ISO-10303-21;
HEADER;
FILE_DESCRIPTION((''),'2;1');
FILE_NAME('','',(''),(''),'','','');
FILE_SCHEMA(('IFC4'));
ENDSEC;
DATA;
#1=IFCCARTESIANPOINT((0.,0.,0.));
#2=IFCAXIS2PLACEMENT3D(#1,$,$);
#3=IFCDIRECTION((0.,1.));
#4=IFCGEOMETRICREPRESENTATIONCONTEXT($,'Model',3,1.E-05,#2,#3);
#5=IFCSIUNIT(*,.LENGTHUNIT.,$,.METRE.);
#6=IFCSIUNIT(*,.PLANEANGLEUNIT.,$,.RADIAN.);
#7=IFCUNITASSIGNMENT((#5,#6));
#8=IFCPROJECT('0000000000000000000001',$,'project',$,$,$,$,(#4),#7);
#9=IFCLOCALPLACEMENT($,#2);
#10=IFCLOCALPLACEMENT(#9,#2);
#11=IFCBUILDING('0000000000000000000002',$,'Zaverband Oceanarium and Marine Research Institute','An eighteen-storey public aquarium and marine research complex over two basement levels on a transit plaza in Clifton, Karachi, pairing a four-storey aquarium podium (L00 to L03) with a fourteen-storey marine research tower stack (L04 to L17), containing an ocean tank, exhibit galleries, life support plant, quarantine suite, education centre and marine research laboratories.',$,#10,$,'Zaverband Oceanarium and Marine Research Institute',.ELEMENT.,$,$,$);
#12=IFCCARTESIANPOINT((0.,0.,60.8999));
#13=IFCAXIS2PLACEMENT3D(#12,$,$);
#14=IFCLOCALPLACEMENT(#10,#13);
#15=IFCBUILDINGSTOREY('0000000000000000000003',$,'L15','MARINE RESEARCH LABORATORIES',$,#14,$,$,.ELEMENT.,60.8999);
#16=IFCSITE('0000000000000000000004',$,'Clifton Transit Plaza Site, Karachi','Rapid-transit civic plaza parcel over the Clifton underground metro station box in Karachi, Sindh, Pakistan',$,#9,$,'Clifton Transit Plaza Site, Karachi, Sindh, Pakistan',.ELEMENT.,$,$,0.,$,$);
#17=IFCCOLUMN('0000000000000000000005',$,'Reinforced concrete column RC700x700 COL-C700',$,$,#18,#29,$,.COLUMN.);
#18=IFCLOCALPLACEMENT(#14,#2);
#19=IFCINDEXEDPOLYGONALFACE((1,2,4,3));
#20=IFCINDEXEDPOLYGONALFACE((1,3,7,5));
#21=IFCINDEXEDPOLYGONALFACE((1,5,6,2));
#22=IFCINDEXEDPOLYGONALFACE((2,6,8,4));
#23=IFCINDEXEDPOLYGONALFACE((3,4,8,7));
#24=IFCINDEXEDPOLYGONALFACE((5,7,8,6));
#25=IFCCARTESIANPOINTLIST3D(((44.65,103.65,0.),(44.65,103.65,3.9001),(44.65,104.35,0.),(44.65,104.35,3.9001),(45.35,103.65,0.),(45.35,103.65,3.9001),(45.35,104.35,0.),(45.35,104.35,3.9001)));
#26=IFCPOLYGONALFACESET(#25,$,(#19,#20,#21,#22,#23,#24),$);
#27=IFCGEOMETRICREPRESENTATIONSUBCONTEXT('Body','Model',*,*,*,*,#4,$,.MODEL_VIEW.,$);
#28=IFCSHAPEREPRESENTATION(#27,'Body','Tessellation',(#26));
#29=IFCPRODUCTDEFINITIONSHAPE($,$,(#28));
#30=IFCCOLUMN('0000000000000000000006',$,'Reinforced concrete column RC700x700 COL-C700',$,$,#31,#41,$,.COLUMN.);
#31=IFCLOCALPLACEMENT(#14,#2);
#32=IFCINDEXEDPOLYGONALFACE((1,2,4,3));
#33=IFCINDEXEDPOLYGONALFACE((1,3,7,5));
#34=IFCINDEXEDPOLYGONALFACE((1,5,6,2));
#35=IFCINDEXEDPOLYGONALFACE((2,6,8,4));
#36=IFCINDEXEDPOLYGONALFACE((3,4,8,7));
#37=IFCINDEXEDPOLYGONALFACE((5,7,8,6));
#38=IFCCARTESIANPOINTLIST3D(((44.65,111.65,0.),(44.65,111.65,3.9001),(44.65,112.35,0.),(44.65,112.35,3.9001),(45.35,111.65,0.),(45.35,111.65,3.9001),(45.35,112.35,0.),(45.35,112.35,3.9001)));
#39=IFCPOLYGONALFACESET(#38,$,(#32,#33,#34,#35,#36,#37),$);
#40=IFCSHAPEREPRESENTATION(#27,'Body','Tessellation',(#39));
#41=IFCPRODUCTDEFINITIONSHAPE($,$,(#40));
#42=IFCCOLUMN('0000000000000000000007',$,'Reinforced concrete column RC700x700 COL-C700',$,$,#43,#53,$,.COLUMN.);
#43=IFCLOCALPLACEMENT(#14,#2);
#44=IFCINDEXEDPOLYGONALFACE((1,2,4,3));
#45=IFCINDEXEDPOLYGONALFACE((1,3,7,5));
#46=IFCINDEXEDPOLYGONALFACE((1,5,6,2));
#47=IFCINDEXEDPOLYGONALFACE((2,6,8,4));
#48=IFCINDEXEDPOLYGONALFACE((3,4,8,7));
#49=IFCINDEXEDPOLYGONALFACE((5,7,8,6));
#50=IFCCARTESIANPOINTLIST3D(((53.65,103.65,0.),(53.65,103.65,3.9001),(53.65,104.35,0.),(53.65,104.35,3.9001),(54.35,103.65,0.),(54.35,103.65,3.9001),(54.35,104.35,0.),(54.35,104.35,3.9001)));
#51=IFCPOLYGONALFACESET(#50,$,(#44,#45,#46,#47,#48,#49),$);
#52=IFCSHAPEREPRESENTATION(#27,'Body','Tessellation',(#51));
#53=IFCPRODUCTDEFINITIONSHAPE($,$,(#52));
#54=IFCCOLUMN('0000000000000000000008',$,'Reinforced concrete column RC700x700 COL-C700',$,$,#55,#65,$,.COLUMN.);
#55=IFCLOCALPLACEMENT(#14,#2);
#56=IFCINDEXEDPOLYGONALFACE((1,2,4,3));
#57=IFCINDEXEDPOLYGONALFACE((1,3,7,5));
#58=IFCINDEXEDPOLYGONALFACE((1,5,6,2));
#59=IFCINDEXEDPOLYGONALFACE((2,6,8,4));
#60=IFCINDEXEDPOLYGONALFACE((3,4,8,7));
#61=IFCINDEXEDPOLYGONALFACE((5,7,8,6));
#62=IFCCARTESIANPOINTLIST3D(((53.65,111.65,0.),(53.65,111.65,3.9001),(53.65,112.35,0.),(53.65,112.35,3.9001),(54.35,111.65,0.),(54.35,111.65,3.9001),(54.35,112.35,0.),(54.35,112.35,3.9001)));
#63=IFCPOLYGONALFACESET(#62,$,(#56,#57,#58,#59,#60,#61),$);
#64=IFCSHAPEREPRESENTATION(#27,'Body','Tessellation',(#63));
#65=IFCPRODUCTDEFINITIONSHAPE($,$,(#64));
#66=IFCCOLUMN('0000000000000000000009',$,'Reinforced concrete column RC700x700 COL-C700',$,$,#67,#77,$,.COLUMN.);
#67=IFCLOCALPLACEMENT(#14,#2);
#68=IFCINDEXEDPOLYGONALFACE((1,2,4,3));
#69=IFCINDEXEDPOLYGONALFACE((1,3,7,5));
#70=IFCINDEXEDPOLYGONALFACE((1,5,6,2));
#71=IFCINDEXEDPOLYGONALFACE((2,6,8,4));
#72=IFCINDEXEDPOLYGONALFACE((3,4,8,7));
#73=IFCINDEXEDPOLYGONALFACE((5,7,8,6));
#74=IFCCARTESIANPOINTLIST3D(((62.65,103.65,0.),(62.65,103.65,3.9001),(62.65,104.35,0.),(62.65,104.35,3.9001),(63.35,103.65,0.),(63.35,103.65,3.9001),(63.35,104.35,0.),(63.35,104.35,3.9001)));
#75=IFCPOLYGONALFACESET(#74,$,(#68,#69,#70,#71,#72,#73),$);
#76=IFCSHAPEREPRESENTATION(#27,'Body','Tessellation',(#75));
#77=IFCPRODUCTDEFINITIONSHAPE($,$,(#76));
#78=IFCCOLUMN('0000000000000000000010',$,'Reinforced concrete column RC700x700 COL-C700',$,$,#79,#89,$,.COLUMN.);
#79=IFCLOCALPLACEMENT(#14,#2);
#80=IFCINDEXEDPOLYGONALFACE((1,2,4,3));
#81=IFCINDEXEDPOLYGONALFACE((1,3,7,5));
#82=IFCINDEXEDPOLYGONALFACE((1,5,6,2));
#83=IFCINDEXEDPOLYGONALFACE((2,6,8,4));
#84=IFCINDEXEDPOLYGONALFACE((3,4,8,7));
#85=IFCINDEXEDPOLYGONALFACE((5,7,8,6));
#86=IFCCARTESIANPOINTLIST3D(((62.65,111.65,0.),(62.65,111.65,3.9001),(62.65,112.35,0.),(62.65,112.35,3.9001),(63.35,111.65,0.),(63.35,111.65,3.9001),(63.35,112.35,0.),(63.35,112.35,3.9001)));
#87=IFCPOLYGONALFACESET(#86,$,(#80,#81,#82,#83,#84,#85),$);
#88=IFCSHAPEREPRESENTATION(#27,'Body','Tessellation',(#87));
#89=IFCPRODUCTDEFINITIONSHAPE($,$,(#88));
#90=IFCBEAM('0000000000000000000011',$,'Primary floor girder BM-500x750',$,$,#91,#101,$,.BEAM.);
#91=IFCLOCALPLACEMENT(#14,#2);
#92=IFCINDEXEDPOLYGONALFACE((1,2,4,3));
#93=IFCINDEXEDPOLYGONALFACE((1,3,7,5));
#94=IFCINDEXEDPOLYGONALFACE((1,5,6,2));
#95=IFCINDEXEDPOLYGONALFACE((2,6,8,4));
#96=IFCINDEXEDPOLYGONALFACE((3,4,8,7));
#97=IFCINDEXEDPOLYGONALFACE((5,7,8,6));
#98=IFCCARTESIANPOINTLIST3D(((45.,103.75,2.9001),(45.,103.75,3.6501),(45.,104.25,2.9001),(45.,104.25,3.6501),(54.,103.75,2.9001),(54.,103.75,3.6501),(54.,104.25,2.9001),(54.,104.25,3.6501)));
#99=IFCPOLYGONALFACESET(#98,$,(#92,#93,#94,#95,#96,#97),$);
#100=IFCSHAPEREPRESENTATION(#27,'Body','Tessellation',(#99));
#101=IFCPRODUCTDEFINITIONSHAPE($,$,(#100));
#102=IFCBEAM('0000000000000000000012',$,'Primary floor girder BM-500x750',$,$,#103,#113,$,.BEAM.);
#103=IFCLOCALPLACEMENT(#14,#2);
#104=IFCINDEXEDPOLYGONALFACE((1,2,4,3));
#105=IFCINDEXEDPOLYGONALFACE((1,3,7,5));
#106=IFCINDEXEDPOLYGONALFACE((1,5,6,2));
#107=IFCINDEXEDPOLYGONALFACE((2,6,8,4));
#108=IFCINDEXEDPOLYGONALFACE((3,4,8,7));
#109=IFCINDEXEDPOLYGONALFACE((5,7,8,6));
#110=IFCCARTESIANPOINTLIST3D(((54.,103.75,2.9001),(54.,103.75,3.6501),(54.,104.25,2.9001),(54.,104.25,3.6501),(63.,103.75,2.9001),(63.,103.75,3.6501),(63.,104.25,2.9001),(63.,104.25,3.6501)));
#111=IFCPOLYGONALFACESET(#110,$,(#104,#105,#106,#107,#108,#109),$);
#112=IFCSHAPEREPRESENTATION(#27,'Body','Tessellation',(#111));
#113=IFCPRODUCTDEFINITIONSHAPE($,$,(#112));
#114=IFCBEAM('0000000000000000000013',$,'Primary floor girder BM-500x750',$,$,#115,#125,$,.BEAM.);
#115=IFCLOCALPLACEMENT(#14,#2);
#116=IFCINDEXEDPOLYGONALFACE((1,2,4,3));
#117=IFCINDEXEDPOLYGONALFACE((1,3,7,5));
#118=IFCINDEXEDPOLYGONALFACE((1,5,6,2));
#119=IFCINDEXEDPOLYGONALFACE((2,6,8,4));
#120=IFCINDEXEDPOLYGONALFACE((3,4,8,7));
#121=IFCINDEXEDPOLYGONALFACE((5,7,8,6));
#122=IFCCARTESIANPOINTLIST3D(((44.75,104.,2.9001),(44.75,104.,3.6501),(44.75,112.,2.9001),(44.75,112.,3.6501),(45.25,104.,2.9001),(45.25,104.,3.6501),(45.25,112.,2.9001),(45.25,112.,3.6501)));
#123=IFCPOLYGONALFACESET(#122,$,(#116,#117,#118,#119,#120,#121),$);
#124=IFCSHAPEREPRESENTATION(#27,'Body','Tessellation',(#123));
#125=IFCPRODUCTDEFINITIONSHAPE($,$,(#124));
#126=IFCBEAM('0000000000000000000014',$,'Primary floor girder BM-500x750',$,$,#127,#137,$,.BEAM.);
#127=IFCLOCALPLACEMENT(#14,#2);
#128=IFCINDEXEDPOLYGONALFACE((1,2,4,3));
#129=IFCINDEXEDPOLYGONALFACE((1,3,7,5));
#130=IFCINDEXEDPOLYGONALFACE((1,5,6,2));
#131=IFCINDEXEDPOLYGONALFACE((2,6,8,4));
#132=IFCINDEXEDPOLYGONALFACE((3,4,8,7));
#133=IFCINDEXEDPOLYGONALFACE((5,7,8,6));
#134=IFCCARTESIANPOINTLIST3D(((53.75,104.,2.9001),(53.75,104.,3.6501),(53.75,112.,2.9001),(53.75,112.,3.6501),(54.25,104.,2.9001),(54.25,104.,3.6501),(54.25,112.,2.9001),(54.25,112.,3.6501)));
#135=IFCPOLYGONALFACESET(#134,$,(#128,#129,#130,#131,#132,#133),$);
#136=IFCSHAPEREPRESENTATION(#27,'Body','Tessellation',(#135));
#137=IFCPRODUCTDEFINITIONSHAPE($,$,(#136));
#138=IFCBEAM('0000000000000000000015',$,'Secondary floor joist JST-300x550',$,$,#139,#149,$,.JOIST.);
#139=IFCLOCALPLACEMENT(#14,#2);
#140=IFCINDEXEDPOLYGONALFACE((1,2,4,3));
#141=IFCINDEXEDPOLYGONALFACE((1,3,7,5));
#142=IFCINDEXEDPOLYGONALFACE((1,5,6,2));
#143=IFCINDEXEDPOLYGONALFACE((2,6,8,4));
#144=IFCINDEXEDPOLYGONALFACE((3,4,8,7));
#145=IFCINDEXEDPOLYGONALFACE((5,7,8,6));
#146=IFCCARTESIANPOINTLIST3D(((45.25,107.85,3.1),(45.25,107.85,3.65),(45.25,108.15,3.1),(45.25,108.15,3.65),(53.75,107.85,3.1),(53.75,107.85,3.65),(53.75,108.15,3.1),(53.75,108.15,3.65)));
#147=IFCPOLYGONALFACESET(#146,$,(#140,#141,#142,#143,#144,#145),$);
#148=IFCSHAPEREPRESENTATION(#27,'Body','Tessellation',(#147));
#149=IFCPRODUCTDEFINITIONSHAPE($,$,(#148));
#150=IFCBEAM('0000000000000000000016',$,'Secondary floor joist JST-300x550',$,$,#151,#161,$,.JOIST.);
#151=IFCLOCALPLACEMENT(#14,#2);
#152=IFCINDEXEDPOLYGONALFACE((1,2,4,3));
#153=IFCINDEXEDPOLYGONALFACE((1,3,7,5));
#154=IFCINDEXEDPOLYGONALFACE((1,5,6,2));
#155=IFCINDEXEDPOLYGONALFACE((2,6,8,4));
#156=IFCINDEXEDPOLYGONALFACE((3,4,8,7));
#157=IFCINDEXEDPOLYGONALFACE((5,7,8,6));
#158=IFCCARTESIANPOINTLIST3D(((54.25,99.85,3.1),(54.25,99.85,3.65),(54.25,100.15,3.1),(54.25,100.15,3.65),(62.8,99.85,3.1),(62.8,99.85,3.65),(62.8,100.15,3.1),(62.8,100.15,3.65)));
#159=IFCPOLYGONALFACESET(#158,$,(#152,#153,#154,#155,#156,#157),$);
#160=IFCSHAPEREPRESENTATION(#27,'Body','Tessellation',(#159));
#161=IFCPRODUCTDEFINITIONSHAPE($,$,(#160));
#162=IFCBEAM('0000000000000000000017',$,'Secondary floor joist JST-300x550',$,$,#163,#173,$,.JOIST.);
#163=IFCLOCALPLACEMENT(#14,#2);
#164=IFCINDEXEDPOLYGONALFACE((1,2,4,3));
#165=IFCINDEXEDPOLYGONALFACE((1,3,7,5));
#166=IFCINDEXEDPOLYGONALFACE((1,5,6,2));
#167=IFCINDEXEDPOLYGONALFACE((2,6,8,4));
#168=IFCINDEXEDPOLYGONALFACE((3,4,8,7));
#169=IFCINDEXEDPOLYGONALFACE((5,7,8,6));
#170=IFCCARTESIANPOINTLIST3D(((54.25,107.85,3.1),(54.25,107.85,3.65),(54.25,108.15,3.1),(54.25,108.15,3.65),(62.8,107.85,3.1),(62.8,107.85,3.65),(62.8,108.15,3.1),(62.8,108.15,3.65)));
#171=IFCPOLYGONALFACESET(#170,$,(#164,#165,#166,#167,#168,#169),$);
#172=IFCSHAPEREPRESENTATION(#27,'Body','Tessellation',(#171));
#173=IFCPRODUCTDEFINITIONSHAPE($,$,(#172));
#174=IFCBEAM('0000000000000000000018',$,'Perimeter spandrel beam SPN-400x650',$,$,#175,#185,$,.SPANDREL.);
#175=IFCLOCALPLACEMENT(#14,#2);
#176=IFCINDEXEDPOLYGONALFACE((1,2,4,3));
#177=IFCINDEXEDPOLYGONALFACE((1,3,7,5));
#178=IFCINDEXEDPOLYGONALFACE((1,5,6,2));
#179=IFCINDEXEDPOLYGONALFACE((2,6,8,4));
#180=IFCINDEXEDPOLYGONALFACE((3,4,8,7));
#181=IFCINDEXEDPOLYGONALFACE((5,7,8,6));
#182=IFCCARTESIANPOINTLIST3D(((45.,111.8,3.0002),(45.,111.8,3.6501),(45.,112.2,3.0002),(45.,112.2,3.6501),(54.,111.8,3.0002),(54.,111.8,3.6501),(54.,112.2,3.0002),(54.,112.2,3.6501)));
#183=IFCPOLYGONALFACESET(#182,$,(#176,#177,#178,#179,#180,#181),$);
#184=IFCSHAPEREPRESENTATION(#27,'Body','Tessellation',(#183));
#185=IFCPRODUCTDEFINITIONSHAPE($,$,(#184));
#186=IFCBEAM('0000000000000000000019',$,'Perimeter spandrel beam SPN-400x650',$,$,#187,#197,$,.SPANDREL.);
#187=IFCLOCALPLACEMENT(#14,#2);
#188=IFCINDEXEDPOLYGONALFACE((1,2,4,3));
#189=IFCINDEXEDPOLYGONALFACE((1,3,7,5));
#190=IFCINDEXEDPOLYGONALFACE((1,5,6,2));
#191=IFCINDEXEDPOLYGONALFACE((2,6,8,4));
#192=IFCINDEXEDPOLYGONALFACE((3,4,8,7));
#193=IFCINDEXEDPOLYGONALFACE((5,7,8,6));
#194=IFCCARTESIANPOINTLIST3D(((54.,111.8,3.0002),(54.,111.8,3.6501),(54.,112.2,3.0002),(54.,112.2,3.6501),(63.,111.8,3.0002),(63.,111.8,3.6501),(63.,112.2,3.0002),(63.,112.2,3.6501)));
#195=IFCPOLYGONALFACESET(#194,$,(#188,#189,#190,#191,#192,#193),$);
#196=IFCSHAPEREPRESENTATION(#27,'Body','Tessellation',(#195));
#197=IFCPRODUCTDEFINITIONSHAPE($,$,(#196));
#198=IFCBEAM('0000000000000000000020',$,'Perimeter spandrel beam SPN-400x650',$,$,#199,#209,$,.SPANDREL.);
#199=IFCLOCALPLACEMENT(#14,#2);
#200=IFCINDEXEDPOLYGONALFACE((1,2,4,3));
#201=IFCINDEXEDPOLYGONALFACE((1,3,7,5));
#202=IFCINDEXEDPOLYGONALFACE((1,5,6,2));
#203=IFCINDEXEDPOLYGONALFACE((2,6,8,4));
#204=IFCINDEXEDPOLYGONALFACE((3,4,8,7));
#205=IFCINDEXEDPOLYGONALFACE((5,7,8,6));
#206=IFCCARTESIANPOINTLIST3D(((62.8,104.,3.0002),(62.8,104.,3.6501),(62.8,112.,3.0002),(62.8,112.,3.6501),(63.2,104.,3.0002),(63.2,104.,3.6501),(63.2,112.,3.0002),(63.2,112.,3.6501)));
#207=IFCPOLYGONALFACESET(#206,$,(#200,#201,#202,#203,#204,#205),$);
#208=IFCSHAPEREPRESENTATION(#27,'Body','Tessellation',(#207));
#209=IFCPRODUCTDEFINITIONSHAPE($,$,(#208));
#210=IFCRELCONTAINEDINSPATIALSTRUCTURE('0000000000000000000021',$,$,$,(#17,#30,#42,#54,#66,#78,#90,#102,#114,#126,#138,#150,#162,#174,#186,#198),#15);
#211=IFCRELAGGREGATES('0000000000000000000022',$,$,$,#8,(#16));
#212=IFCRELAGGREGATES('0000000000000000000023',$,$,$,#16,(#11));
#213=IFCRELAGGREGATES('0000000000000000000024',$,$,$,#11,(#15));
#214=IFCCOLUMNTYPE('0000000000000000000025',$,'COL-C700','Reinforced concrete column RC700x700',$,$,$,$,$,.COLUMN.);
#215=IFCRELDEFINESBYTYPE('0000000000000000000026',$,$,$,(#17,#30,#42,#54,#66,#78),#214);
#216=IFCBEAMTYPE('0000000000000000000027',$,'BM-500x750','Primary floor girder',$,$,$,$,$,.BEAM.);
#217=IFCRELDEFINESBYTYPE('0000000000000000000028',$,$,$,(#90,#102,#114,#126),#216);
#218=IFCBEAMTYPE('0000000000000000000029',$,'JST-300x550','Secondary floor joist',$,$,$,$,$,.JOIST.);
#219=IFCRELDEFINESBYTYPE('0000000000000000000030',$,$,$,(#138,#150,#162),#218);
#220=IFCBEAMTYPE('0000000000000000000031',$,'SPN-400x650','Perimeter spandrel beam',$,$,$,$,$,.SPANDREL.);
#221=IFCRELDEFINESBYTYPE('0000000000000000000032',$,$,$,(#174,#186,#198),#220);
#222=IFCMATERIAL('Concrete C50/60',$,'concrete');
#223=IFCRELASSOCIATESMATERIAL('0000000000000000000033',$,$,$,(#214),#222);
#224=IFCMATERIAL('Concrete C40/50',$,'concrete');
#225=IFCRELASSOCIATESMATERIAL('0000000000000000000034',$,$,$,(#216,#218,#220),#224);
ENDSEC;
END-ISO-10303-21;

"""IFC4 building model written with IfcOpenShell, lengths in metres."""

from ifc_helpers import new_model, si_unit, direction, frame, origin, origin_2d, place, context, subcontext, project, spatial, rectangle, extrude, material, material_profile, profile_set, type_object, element, save


model = new_model("IFC4")

# Units and contexts
model_context = context("Model", 3, precision=1e-05, world=origin(), true_north=direction((0.0, 1.0)))
body_context = subcontext(model_context, "Body", "Model", "MODEL_VIEW")
ifc_project = project(units=[si_unit("LENGTHUNIT", "METRE"), si_unit("PLANEANGLEUNIT", "RADIAN")], contexts=[model_context])

# Site, building, storey
site_placement = place(None, origin())
site = spatial("IfcSite", under=ifc_project, at=site_placement, Name="Clifton Transit Plaza Site, Karachi", Description="Rapid-transit civic plaza parcel over the Clifton underground metro station box in Karachi, Sindh, Pakistan", LongName="Clifton Transit Plaza Site, Karachi, Sindh, Pakistan", CompositionType="ELEMENT", RefElevation=0.0)
building_placement = place(site_placement, origin())
building = spatial("IfcBuilding", under=site, at=building_placement, Name="Zaverband Oceanarium and Marine Research Institute", Description="An eighteen-storey public aquarium and marine research complex over two basement levels on a transit plaza in Clifton, Karachi, pairing a four-storey aquarium podium (L00 to L03) with a fourteen-storey marine research tower stack (L04 to L17), containing an ocean tank, exhibit galleries, life support plant, quarantine suite, education centre and marine research laboratories.", LongName="Zaverband Oceanarium and Marine Research Institute", CompositionType="ELEMENT")
storey_placement = place(building_placement, frame((0.0, 0.0, 60.8999)))
storey = spatial("IfcBuildingStorey", under=building, at=storey_placement, Name="L15", Description="MARINE RESEARCH LABORATORIES", CompositionType="ELEMENT", Elevation=60.8999)

# Columns
ifc_material_1 = material(Name="Concrete C50/60", Category="concrete")
ifc_material_profile_1 = material_profile(ifc_material_1, rectangle(XDim=0.7, YDim=0.7, at=origin_2d()), Name="RC700x700")
ifc_profile_set_1 = profile_set([ifc_material_profile_1], Name="Concrete C50/60")
column_type = type_object("IfcColumnType", Name="COL-C700", Description="Reinforced concrete column RC700x700", PredefinedType="COLUMN", material=ifc_profile_set_1)
for number, where, z_axis, x_axis, name in (
    (1, (45.0, 104.0, 0.0), (0.0, 0.0, 1.0), (1.0, 0.0, 0.0), "Reinforced concrete column RC700x700 COL-C700"),
    (2, (45.0, 112.0, 0.0), (0.0, 0.0, 1.0), (1.0, 0.0, 0.0), "Reinforced concrete column RC700x700 COL-C700"),
    (3, (54.0, 104.0, 0.0), (0.0, 0.0, 1.0), (1.0, 0.0, 0.0), "Reinforced concrete column RC700x700 COL-C700"),
    (4, (54.0, 112.0, 0.0), (0.0, 0.0, 1.0), (1.0, 0.0, 0.0), "Reinforced concrete column RC700x700 COL-C700"),
    (5, (63.0, 104.0, 0.0), (0.0, 0.0, 1.0), (1.0, 0.0, 0.0), "Reinforced concrete column RC700x700 COL-C700"),
    (6, (63.0, 112.0, 0.0), (0.0, 0.0, 1.0), (1.0, 0.0, 0.0), "Reinforced concrete column RC700x700 COL-C700"),
):
    element("IfcColumn", number, at=place(storey_placement, frame(where, z_axis=z_axis, x_axis=x_axis)), inside=storey, type_object=column_type, Name=name, PredefinedType="COLUMN", context=body_context, shape_type="SweptSolid", body=[
        extrude(rectangle(XDim=0.7, YDim=0.7, at=origin_2d()), origin(), (0.0, 0.0, 1.0), 3.9001),
    ])

# Beams
ifc_material_2 = material(Name="Concrete C40/50", Category="concrete")
ifc_material_profile_2 = material_profile(ifc_material_2, rectangle(XDim=0.5, YDim=0.75, at=origin_2d()), Name="RC500x750")
ifc_profile_set_2 = profile_set([ifc_material_profile_2], Name="Concrete C40/50")
beam_type_1 = type_object("IfcBeamType", Name="BM-500x750", Description="Primary floor girder", PredefinedType="BEAM", material=ifc_profile_set_2)
for number, where, z_axis, x_axis, name in (
    (7, (45.0, 104.0, 3.2751), (1.0, 0.0, 0.0), (0.0, 1.0, 0.0), "Primary floor girder BM-500x750"),
    (8, (54.0, 104.0, 3.2751), (1.0, 0.0, 0.0), (0.0, 1.0, 0.0), "Primary floor girder BM-500x750"),
):
    element("IfcBeam", number, at=place(storey_placement, frame(where, z_axis=z_axis, x_axis=x_axis)), inside=storey, type_object=beam_type_1, Name=name, PredefinedType="BEAM", context=body_context, shape_type="SweptSolid", body=[
        extrude(rectangle(XDim=0.5, YDim=0.75, at=origin_2d()), origin(), (0.0, 0.0, 1.0), 9.0),
    ])
for number, where, z_axis, x_axis, name in (
    (9, (45.0, 104.0, 3.2751), (0.0, 1.0, 0.0), (-1.0, 0.0, 0.0), "Primary floor girder BM-500x750"),
    (10, (54.0, 104.0, 3.2751), (0.0, 1.0, 0.0), (-1.0, 0.0, 0.0), "Primary floor girder BM-500x750"),
):
    element("IfcBeam", number, at=place(storey_placement, frame(where, z_axis=z_axis, x_axis=x_axis)), inside=storey, type_object=beam_type_1, Name=name, PredefinedType="BEAM", context=body_context, shape_type="SweptSolid", body=[
        extrude(rectangle(XDim=0.5, YDim=0.75, at=origin_2d()), origin(), (0.0, 0.0, 1.0), 8.0),
    ])
ifc_material_profile_3 = material_profile(ifc_material_2, rectangle(XDim=0.3, YDim=0.55, at=origin_2d()), Name="RC300x550")
ifc_profile_set_3 = profile_set([ifc_material_profile_3], Name="Concrete C40/50")
beam_type_2 = type_object("IfcBeamType", Name="JST-300x550", Description="Secondary floor joist", PredefinedType="JOIST", material=ifc_profile_set_3)
beam_1_placement = place(storey_placement, frame((45.25, 108.0, 3.375), z_axis=(1.0, 0.0, 0.0), x_axis=(0.0, 1.0, 0.0)))
element("IfcBeam", 11, at=beam_1_placement, inside=storey, type_object=beam_type_2, Name="Secondary floor joist JST-300x550", PredefinedType="JOIST", context=body_context, shape_type="SweptSolid", body=[
    extrude(rectangle(XDim=0.3, YDim=0.55, at=origin_2d()), origin(), (0.0, 0.0, 1.0), 8.5),
])
for number, where, z_axis, x_axis, name in (
    (12, (54.25, 100.0, 3.375), (1.0, 0.0, 0.0), (0.0, 1.0, 0.0), "Secondary floor joist JST-300x550"),
    (13, (54.25, 108.0, 3.375), (1.0, 0.0, 0.0), (0.0, 1.0, 0.0), "Secondary floor joist JST-300x550"),
):
    element("IfcBeam", number, at=place(storey_placement, frame(where, z_axis=z_axis, x_axis=x_axis)), inside=storey, type_object=beam_type_2, Name=name, PredefinedType="JOIST", context=body_context, shape_type="SweptSolid", body=[
        extrude(rectangle(XDim=0.3, YDim=0.55, at=origin_2d()), origin(), (0.0, 0.0, 1.0), 8.55),
    ])
ifc_material_profile_4 = material_profile(ifc_material_2, rectangle(XDim=0.3999, YDim=0.6499, at=origin_2d()), Name="RC400x650")
ifc_profile_set_4 = profile_set([ifc_material_profile_4], Name="Concrete C40/50")
beam_type_3 = type_object("IfcBeamType", Name="SPN-400x650", Description="Perimeter spandrel beam", PredefinedType="SPANDREL", material=ifc_profile_set_4)
for number, where, z_axis, x_axis, name in (
    (14, (45.0, 112.0, 3.3252), (1.0, 0.0, 0.0), (0.0, 1.0, 0.0), "Perimeter spandrel beam SPN-400x650"),
    (15, (54.0, 112.0, 3.3252), (1.0, 0.0, 0.0), (0.0, 1.0, 0.0), "Perimeter spandrel beam SPN-400x650"),
):
    element("IfcBeam", number, at=place(storey_placement, frame(where, z_axis=z_axis, x_axis=x_axis)), inside=storey, type_object=beam_type_3, Name=name, PredefinedType="SPANDREL", context=body_context, shape_type="SweptSolid", body=[
        extrude(rectangle(XDim=0.3999, YDim=0.6499, at=origin_2d()), origin(), (0.0, 0.0, 1.0), 9.0),
    ])
beam_2_placement = place(storey_placement, frame((63.0, 104.0, 3.3252), z_axis=(0.0, 1.0, 0.0), x_axis=(-1.0, 0.0, 0.0)))
element("IfcBeam", 16, at=beam_2_placement, inside=storey, type_object=beam_type_3, Name="Perimeter spandrel beam SPN-400x650", PredefinedType="SPANDREL", context=body_context, shape_type="SweptSolid", body=[
    extrude(rectangle(XDim=0.3999, YDim=0.6499, at=origin_2d()), origin(), (0.0, 0.0, 1.0), 8.0),
])

save(model, "model.ifc")
